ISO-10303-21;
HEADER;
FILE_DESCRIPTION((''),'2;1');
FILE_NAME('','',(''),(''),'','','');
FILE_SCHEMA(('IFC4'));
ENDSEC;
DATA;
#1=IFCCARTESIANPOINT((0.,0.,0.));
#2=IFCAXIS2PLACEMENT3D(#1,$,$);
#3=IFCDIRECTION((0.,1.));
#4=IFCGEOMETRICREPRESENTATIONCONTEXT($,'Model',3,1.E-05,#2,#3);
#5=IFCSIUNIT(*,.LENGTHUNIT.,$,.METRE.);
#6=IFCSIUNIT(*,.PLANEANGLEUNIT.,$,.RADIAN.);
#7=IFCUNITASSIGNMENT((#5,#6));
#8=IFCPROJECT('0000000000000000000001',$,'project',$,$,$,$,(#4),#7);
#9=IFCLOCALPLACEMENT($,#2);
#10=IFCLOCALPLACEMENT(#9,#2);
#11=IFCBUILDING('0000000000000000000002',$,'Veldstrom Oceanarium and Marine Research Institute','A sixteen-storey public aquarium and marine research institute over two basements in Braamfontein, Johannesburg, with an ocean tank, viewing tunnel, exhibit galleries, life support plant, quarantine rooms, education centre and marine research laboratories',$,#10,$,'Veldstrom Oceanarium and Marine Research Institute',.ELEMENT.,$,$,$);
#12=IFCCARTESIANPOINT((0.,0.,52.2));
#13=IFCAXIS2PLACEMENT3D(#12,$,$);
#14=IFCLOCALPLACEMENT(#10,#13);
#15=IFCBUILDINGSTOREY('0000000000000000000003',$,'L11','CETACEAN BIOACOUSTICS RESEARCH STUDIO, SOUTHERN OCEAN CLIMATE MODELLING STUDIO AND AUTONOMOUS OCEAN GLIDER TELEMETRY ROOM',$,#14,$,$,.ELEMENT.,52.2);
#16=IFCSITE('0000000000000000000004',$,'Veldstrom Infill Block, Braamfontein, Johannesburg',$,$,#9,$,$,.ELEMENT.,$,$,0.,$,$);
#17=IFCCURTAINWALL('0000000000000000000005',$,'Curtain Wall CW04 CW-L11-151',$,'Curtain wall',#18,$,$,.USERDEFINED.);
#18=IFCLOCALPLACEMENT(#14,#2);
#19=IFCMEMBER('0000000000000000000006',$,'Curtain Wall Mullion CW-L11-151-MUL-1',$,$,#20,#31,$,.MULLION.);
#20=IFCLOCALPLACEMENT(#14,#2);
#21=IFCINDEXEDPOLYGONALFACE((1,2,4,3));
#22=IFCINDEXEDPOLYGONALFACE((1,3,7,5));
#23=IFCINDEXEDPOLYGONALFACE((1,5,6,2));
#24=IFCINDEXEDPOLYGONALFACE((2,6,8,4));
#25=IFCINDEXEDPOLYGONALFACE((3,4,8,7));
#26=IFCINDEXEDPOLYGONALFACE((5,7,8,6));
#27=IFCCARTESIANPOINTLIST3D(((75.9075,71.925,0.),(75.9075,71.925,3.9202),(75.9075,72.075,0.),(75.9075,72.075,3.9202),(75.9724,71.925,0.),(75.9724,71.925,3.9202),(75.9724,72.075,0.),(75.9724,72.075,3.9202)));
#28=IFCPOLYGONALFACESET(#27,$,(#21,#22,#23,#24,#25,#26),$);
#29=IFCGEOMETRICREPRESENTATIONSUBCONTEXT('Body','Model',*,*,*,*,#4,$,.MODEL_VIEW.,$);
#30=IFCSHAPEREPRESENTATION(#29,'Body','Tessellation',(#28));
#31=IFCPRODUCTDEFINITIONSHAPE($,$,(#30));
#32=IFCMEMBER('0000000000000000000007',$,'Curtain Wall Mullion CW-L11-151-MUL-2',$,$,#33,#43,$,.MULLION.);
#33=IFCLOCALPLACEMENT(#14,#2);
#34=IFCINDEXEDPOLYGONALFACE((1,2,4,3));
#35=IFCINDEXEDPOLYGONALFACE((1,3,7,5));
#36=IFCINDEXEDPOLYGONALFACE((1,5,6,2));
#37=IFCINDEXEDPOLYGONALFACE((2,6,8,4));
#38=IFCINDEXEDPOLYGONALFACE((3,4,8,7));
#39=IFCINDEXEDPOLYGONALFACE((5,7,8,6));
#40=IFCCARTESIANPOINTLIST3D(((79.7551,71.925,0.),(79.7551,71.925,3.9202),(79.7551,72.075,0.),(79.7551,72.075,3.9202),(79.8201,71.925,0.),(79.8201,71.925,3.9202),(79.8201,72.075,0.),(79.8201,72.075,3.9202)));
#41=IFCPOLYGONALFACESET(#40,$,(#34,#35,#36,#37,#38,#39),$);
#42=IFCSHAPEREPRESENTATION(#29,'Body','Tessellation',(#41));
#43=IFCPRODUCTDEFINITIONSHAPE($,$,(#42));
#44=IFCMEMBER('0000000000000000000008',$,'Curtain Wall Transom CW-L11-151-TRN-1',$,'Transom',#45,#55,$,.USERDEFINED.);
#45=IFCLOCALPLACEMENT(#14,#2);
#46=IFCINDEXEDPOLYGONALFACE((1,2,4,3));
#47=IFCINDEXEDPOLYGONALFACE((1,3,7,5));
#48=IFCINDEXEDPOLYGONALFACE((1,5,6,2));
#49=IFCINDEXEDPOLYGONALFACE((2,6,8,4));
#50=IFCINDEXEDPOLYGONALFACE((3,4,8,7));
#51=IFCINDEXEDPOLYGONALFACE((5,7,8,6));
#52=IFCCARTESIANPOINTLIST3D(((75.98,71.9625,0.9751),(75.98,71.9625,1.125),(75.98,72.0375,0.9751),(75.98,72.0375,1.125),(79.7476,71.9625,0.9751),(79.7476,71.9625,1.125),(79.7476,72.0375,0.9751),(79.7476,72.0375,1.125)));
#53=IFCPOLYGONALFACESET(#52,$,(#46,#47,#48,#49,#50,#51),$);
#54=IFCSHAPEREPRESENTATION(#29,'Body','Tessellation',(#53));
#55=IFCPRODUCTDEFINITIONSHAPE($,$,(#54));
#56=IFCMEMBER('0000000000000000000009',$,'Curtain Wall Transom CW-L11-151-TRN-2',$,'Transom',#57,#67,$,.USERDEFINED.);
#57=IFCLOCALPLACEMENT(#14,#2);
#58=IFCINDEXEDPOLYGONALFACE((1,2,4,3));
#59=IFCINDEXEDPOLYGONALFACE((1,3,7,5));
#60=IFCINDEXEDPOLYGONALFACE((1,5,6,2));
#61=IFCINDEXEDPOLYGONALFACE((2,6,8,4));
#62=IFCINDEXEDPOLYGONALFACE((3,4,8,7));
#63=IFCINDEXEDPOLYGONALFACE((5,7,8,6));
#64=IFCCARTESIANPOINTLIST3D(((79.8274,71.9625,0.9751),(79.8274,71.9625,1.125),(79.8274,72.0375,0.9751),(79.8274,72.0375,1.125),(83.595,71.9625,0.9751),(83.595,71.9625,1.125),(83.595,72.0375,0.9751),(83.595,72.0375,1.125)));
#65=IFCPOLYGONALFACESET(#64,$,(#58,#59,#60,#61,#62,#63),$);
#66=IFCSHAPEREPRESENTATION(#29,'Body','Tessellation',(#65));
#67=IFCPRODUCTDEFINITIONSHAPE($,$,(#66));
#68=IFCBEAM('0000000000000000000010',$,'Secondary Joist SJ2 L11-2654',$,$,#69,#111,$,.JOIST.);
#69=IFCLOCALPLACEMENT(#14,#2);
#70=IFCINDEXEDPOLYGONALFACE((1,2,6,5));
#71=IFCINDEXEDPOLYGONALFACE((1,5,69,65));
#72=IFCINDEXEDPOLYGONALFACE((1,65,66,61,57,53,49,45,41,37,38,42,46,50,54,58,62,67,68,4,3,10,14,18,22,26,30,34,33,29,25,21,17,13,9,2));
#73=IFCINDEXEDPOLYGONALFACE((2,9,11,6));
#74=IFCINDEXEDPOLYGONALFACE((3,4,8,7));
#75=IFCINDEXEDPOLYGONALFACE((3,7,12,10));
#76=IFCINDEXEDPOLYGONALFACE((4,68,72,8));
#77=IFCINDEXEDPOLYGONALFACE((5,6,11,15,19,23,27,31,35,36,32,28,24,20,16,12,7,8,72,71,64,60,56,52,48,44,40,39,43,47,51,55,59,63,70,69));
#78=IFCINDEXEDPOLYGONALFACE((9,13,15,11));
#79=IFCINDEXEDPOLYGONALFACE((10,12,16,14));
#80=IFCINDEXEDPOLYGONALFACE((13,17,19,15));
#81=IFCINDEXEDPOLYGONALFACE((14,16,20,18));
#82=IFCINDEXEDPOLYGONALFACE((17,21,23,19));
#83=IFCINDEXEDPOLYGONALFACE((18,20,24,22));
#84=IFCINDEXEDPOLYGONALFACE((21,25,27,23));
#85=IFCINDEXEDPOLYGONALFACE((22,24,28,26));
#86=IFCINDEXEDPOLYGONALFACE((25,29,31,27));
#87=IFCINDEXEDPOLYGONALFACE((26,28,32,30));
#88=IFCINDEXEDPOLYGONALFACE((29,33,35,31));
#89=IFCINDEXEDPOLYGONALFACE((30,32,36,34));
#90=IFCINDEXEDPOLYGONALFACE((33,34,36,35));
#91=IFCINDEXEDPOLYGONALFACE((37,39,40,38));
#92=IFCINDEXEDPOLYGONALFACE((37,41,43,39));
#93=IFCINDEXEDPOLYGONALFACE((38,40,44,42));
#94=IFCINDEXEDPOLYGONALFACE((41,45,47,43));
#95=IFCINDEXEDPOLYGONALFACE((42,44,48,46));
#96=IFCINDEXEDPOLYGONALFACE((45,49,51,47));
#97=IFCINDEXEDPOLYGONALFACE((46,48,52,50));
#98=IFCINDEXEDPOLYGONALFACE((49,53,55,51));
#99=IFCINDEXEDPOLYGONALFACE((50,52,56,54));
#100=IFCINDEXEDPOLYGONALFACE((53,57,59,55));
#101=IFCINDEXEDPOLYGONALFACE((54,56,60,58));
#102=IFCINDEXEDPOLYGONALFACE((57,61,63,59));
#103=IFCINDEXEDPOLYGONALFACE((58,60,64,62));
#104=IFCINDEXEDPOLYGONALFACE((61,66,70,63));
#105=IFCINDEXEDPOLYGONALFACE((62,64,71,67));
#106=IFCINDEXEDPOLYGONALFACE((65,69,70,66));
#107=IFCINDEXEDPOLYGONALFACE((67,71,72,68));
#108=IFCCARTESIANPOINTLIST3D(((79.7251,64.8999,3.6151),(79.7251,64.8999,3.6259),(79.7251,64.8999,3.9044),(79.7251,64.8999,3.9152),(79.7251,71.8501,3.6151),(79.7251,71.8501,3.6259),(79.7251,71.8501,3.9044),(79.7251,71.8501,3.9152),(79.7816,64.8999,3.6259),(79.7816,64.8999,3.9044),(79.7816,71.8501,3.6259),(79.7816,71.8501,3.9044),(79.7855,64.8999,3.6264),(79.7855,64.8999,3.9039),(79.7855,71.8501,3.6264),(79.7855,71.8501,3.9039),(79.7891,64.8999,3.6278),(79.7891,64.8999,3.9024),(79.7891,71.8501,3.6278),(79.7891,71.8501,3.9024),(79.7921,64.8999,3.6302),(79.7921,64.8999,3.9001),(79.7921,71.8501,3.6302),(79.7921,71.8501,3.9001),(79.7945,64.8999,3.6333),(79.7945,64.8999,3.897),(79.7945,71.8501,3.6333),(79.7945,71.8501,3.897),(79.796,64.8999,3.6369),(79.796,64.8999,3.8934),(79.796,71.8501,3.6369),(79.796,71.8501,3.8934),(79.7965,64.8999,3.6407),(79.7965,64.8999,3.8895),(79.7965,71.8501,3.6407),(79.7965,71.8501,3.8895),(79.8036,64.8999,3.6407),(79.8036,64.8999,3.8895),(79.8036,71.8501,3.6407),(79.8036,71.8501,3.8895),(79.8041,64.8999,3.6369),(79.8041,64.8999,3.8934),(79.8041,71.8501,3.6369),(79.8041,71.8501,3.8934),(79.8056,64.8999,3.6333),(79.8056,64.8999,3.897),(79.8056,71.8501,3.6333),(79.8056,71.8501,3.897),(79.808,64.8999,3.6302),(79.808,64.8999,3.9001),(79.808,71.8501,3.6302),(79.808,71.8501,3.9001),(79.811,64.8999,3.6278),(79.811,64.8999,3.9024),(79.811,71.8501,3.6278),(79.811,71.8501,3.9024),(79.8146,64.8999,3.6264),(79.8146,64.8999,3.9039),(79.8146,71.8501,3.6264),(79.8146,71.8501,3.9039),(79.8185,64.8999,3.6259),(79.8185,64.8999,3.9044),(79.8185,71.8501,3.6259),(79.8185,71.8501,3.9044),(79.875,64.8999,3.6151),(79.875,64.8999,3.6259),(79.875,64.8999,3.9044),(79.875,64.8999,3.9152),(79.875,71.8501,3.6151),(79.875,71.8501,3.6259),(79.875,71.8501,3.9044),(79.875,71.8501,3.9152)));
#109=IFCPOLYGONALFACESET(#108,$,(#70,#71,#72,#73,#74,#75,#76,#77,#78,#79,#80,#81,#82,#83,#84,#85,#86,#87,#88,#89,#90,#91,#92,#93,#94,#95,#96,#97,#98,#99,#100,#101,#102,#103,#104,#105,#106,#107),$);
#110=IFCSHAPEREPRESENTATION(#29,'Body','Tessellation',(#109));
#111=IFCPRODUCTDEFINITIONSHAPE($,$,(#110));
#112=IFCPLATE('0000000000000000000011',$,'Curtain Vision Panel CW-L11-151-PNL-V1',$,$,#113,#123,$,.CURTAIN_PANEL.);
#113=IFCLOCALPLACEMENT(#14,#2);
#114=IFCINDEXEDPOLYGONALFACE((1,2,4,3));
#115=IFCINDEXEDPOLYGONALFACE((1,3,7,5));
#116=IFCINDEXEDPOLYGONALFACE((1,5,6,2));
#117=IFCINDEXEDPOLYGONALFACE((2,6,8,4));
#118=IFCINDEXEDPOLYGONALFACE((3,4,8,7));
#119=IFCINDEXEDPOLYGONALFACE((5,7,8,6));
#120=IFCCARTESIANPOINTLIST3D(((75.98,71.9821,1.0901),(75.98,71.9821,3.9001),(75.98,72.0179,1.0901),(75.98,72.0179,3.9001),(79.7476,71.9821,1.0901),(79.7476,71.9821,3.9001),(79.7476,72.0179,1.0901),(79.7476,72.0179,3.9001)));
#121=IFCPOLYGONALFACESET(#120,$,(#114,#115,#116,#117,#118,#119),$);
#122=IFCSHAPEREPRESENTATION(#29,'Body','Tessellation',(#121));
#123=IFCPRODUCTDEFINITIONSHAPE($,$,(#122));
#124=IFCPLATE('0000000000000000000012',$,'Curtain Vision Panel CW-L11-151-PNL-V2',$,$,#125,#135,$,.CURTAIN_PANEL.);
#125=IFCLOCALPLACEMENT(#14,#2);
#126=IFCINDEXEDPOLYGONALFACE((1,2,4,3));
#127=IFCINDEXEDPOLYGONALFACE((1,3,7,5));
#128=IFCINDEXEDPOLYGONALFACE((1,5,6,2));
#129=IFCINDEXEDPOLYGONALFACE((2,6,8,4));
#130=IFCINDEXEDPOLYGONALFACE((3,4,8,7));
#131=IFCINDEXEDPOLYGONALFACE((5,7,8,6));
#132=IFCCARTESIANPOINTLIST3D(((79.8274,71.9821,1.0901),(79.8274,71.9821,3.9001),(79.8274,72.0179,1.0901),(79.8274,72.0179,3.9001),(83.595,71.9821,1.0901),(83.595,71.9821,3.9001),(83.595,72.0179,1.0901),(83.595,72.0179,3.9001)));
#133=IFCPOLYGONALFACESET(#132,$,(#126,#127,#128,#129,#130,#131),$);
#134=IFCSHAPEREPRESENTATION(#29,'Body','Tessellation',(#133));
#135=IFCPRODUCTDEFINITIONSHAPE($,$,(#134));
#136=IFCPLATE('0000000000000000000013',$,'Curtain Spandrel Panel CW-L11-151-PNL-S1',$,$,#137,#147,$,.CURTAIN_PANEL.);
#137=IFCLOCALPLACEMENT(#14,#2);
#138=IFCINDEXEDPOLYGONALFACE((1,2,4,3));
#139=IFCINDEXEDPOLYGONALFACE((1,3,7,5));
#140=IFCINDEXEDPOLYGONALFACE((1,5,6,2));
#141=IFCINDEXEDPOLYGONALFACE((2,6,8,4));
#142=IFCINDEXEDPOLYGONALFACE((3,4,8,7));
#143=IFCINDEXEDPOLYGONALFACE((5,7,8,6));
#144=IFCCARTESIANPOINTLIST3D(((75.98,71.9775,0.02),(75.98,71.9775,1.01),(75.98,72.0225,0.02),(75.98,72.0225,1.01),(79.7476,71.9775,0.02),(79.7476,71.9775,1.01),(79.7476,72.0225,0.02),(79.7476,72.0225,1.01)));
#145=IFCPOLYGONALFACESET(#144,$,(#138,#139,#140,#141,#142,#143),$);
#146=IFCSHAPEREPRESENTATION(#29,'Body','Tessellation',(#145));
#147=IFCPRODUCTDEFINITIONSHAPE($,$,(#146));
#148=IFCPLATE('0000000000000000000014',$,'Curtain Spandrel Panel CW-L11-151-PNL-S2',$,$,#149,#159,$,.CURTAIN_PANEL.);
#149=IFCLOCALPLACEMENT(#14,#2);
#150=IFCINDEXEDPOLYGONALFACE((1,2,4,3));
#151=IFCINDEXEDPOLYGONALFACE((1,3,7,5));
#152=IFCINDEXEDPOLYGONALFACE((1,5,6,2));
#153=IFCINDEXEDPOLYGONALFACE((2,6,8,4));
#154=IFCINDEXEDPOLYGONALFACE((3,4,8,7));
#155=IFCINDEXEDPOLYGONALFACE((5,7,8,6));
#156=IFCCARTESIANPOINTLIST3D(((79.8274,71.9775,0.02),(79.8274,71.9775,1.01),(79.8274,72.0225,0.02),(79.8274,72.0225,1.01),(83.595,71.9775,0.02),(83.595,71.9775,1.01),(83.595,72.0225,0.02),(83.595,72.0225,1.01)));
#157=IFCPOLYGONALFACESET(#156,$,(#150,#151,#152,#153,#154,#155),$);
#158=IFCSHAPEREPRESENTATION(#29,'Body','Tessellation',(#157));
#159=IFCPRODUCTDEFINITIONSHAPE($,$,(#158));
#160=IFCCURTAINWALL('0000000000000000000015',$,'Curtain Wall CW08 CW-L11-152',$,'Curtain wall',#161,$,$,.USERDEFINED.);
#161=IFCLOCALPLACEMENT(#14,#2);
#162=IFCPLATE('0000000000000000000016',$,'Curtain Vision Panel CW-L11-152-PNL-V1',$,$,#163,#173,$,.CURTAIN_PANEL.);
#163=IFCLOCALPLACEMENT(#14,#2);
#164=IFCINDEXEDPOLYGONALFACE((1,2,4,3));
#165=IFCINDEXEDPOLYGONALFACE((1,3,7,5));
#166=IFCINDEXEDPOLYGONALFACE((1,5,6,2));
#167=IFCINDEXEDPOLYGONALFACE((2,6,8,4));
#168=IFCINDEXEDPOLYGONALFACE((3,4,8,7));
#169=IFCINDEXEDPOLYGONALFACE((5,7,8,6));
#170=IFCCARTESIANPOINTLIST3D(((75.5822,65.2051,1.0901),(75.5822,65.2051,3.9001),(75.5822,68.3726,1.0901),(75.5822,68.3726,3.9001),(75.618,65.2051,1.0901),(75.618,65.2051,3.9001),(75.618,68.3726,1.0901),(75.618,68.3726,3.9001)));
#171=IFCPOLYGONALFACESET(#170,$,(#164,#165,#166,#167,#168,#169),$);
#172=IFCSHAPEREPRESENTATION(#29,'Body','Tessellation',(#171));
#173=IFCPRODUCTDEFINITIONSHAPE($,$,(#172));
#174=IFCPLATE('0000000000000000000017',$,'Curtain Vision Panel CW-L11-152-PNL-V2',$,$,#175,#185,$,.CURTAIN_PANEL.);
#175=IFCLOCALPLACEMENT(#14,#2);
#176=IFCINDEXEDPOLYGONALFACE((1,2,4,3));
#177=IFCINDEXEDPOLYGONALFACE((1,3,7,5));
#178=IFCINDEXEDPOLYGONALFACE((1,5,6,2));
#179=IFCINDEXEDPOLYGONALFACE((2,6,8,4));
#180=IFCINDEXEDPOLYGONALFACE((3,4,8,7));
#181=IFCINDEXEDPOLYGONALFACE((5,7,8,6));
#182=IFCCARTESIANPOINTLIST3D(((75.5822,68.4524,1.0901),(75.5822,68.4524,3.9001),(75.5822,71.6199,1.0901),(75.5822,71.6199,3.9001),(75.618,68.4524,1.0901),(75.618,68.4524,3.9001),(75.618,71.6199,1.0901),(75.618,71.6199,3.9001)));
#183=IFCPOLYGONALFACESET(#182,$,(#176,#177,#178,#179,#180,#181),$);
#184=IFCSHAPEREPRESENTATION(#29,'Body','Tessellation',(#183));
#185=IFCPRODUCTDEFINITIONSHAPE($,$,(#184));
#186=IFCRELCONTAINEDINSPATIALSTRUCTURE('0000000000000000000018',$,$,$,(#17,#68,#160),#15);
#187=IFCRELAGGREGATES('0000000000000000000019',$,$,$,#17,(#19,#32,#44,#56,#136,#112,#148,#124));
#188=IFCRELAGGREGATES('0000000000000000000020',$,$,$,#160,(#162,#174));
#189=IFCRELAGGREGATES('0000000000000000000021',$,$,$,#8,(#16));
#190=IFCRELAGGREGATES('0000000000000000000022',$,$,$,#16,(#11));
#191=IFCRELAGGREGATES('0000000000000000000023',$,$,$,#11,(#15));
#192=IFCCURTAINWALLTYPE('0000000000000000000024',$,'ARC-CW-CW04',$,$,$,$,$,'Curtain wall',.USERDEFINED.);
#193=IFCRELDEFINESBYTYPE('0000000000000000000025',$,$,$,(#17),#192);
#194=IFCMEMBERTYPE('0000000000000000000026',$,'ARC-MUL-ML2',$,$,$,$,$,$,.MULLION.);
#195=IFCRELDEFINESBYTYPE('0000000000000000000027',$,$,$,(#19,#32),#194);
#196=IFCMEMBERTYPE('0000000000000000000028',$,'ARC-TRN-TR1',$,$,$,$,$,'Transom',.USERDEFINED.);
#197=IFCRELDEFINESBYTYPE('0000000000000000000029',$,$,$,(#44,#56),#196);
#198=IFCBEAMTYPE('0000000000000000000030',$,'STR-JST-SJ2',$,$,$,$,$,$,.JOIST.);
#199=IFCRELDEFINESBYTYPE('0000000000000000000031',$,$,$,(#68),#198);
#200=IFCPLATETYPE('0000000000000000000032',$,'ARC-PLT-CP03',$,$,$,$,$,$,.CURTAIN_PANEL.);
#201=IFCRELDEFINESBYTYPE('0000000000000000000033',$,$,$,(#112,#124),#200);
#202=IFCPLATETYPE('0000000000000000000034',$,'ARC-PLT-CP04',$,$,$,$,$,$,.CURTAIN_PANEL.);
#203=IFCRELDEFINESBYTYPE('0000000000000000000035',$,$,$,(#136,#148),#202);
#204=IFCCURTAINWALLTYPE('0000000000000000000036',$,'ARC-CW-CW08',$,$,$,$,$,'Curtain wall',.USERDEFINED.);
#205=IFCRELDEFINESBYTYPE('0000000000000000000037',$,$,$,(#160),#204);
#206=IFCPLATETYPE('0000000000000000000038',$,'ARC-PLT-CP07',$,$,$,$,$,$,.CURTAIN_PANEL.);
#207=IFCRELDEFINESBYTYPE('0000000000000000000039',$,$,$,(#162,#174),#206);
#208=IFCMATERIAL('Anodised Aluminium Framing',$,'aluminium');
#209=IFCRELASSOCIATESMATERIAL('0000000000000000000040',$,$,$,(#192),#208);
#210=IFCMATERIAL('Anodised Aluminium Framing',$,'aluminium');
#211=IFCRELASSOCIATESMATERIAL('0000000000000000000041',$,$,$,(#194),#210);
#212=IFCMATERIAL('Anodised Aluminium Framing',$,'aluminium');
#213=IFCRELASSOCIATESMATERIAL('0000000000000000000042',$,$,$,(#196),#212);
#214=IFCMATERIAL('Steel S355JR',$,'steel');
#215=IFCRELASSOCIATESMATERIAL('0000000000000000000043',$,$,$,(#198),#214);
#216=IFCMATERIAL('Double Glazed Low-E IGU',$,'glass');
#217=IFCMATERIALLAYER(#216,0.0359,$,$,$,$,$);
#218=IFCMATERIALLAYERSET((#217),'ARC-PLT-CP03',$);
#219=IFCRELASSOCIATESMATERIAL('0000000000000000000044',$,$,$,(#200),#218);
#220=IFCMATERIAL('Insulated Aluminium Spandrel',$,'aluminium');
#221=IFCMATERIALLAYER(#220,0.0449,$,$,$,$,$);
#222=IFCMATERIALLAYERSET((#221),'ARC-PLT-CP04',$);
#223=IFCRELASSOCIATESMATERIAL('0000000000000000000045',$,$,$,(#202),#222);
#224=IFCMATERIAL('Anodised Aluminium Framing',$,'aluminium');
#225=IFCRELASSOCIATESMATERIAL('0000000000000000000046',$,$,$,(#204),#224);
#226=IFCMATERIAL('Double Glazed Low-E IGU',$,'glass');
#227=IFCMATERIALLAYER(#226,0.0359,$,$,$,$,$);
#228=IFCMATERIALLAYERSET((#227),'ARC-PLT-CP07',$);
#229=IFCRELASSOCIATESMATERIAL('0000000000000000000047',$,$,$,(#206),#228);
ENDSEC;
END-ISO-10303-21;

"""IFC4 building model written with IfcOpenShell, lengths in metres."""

from ifc_helpers import new_model, si_unit, direction, frame, origin, origin_2d, place, context, subcontext, project, spatial, rectangle, i_section, extrude, material, layer, layer_set, material_profile, profile_set, type_object, element, aggregate, save


model = new_model("IFC4")

# Units and contexts
model_context = context("Model", 3, precision=1e-05, world=origin(), true_north=direction((0.0, 1.0)))
body_context = subcontext(model_context, "Body", "Model", "MODEL_VIEW")
ifc_project = project(units=[si_unit("LENGTHUNIT", "METRE"), si_unit("PLANEANGLEUNIT", "RADIAN")], contexts=[model_context])

# Site, building, storey
site_placement = place(None, origin())
site = spatial("IfcSite", under=ifc_project, at=site_placement, Name="Veldstrom Infill Block, Braamfontein, Johannesburg", CompositionType="ELEMENT", RefElevation=0.0)
building_placement = place(site_placement, origin())
building = spatial("IfcBuilding", under=site, at=building_placement, Name="Veldstrom Oceanarium and Marine Research Institute", Description="A sixteen-storey public aquarium and marine research institute over two basements in Braamfontein, Johannesburg, with an ocean tank, viewing tunnel, exhibit galleries, life support plant, quarantine rooms, education centre and marine research laboratories", LongName="Veldstrom Oceanarium and Marine Research Institute", CompositionType="ELEMENT")
storey_placement = place(building_placement, frame((0.0, 0.0, 52.2)))
storey = spatial("IfcBuildingStorey", under=building, at=storey_placement, Name="L11", Description="CETACEAN BIOACOUSTICS RESEARCH STUDIO, SOUTHERN OCEAN CLIMATE MODELLING STUDIO AND AUTONOMOUS OCEAN GLIDER TELEMETRY ROOM", CompositionType="ELEMENT", Elevation=52.2)

# Curtain wall, members
ifc_material_1 = material(Name="Anodised Aluminium Framing", Category="aluminium")
curtain_wall_type_1 = type_object("IfcCurtainWallType", Name="ARC-CW-CW04", ElementType="Curtain wall", PredefinedType="USERDEFINED", material=ifc_material_1)
curtain_wall_1_placement = place(storey_placement, origin())
curtain_wall_1 = element("IfcCurtainWall", 1, at=curtain_wall_1_placement, inside=storey, type_object=curtain_wall_type_1, Name="Curtain Wall CW04 CW-L11-151", ObjectType="Curtain wall", PredefinedType="USERDEFINED")
ifc_material_2 = material(Name="Anodised Aluminium Framing", Category="aluminium")
ifc_material_profile_1 = material_profile(ifc_material_2, rectangle(XDim=0.0649, YDim=0.1499, at=origin_2d()), Name="ALU-MUL-65x150")
ifc_profile_set_1 = profile_set([ifc_material_profile_1], Name="Anodised Aluminium Framing")
member_type_1 = type_object("IfcMemberType", Name="ARC-MUL-ML2", PredefinedType="MULLION", material=ifc_profile_set_1)
member_1_placement = place(storey_placement, frame((75.9399, 72.0, 0.0), z_axis=(0.0, 0.0, 1.0), x_axis=(1.0, 0.0, 0.0)))
member_1 = element("IfcMember", 2, at=member_1_placement, type_object=member_type_1, Name="Curtain Wall Mullion CW-L11-151-MUL-1", PredefinedType="MULLION", context=body_context, shape_type="SweptSolid", body=[
    extrude(rectangle(XDim=0.0649, YDim=0.1499, at=origin_2d()), origin(), (0.0, 0.0, 1.0), 3.9202),
])
member_2_placement = place(storey_placement, frame((79.7876, 72.0, 0.0), z_axis=(0.0, 0.0, 1.0), x_axis=(1.0, 0.0, 0.0)))
member_2 = element("IfcMember", 3, at=member_2_placement, type_object=member_type_1, Name="Curtain Wall Mullion CW-L11-151-MUL-2", PredefinedType="MULLION", context=body_context, shape_type="SweptSolid", body=[
    extrude(rectangle(XDim=0.0649, YDim=0.1499, at=origin_2d()), origin(), (0.0, 0.0, 1.0), 3.9202),
])
ifc_material_3 = material(Name="Anodised Aluminium Framing", Category="aluminium")
ifc_material_profile_2 = material_profile(ifc_material_3, rectangle(XDim=0.075, YDim=0.1499, at=origin_2d()), Name="ALU-TRN-75x150")
ifc_profile_set_2 = profile_set([ifc_material_profile_2], Name="Anodised Aluminium Framing")
member_type_2 = type_object("IfcMemberType", Name="ARC-TRN-TR1", ElementType="Transom", PredefinedType="USERDEFINED", material=ifc_profile_set_2)
member_3_placement = place(storey_placement, frame((75.98, 72.0, 1.05), z_axis=(1.0, 0.0, 0.0), x_axis=(0.0, 1.0, 0.0)))
member_3 = element("IfcMember", 4, at=member_3_placement, type_object=member_type_2, Name="Curtain Wall Transom CW-L11-151-TRN-1", ObjectType="Transom", PredefinedType="USERDEFINED", context=body_context, shape_type="SweptSolid", body=[
    extrude(rectangle(XDim=0.075, YDim=0.1499, at=origin_2d()), origin(), (0.0, 0.0, 1.0), 3.7676),
])
member_4_placement = place(storey_placement, frame((79.8274, 72.0, 1.05), z_axis=(1.0, 0.0, 0.0), x_axis=(0.0, 1.0, 0.0)))
member_4 = element("IfcMember", 5, at=member_4_placement, type_object=member_type_2, Name="Curtain Wall Transom CW-L11-151-TRN-2", ObjectType="Transom", PredefinedType="USERDEFINED", context=body_context, shape_type="SweptSolid", body=[
    extrude(rectangle(XDim=0.075, YDim=0.1499, at=origin_2d()), origin(), (0.0, 0.0, 1.0), 3.7676),
])

# Beam
ifc_material_4 = material(Name="Steel S355JR", Category="steel")
ifc_material_profile_3 = material_profile(ifc_material_4, i_section(OverallWidth=0.1499, OverallDepth=0.3, WebThickness=0.0071, FlangeThickness=0.0107, FilletRadius=0.0149, at=origin_2d()), Name="IPE 300")
ifc_profile_set_3 = profile_set([ifc_material_profile_3], Name="Steel S355JR")
beam_type = type_object("IfcBeamType", Name="STR-JST-SJ2", PredefinedType="JOIST", material=ifc_profile_set_3)
beam_placement = place(storey_placement, frame((79.8, 64.8999, 3.7651), z_axis=(0.0, 1.0, 0.0), x_axis=(-1.0, 0.0, 0.0)))
element("IfcBeam", 6, at=beam_placement, inside=storey, type_object=beam_type, Name="Secondary Joist SJ2 L11-2654", PredefinedType="JOIST", context=body_context, shape_type="SweptSolid", body=[
    extrude(i_section(OverallWidth=0.1499, OverallDepth=0.3, WebThickness=0.0071, FlangeThickness=0.0107, FilletRadius=0.0149, at=origin_2d()), origin(), (0.0, 0.0, 1.0), 6.9502),
])

# Plates
ifc_material_5 = material(Name="Double Glazed Low-E IGU", Category="glass")
ifc_layer_1 = layer(ifc_material_5, 0.0359)
ifc_layer_set_1 = layer_set([ifc_layer_1], Name="ARC-PLT-CP03")
plate_type_1 = type_object("IfcPlateType", Name="ARC-PLT-CP03", PredefinedType="CURTAIN_PANEL", material=ifc_layer_set_1)
plate_1_placement = place(storey_placement, frame((77.8638, 72.0, 1.0901), z_axis=(0.0, 0.0, 1.0), x_axis=(1.0, 0.0, 0.0)))
plate_1 = element("IfcPlate", 7, at=plate_1_placement, type_object=plate_type_1, Name="Curtain Vision Panel CW-L11-151-PNL-V1", PredefinedType="CURTAIN_PANEL", context=body_context, shape_type="SweptSolid", body=[
    extrude(rectangle(XDim=3.7676, YDim=0.0359, at=origin_2d()), origin(), (0.0, 0.0, 1.0), 2.8101),
])
plate_2_placement = place(storey_placement, frame((81.7112, 72.0, 1.0901), z_axis=(0.0, 0.0, 1.0), x_axis=(1.0, 0.0, 0.0)))
plate_2 = element("IfcPlate", 8, at=plate_2_placement, type_object=plate_type_1, Name="Curtain Vision Panel CW-L11-151-PNL-V2", PredefinedType="CURTAIN_PANEL", context=body_context, shape_type="SweptSolid", body=[
    extrude(rectangle(XDim=3.7676, YDim=0.0359, at=origin_2d()), origin(), (0.0, 0.0, 1.0), 2.8101),
])
ifc_material_6 = material(Name="Insulated Aluminium Spandrel", Category="aluminium")
ifc_layer_2 = layer(ifc_material_6, 0.0449)
ifc_layer_set_2 = layer_set([ifc_layer_2], Name="ARC-PLT-CP04")
plate_type_2 = type_object("IfcPlateType", Name="ARC-PLT-CP04", PredefinedType="CURTAIN_PANEL", material=ifc_layer_set_2)
plate_3_placement = place(storey_placement, frame((77.8638, 72.0, 0.02), z_axis=(0.0, 0.0, 1.0), x_axis=(1.0, 0.0, 0.0)))
plate_3 = element("IfcPlate", 9, at=plate_3_placement, type_object=plate_type_2, Name="Curtain Spandrel Panel CW-L11-151-PNL-S1", PredefinedType="CURTAIN_PANEL", context=body_context, shape_type="SweptSolid", body=[
    extrude(rectangle(XDim=3.7676, YDim=0.0449, at=origin_2d()), origin(), (0.0, 0.0, 1.0), 0.99),
])
plate_4_placement = place(storey_placement, frame((81.7112, 72.0, 0.02), z_axis=(0.0, 0.0, 1.0), x_axis=(1.0, 0.0, 0.0)))
plate_4 = element("IfcPlate", 10, at=plate_4_placement, type_object=plate_type_2, Name="Curtain Spandrel Panel CW-L11-151-PNL-S2", PredefinedType="CURTAIN_PANEL", context=body_context, shape_type="SweptSolid", body=[
    extrude(rectangle(XDim=3.7676, YDim=0.0449, at=origin_2d()), origin(), (0.0, 0.0, 1.0), 0.99),
])
aggregate(curtain_wall_1, [member_1, member_2, member_3, member_4, plate_3, plate_1, plate_4, plate_2])

# Curtain wall, plates
ifc_material_7 = material(Name="Anodised Aluminium Framing", Category="aluminium")
curtain_wall_type_2 = type_object("IfcCurtainWallType", Name="ARC-CW-CW08", ElementType="Curtain wall", PredefinedType="USERDEFINED", material=ifc_material_7)
curtain_wall_2_placement = place(storey_placement, origin())
curtain_wall_2 = element("IfcCurtainWall", 11, at=curtain_wall_2_placement, inside=storey, type_object=curtain_wall_type_2, Name="Curtain Wall CW08 CW-L11-152", ObjectType="Curtain wall", PredefinedType="USERDEFINED")
ifc_material_8 = material(Name="Double Glazed Low-E IGU", Category="glass")
ifc_layer_3 = layer(ifc_material_8, 0.0359)
ifc_layer_set_3 = layer_set([ifc_layer_3], Name="ARC-PLT-CP07")
plate_type_3 = type_object("IfcPlateType", Name="ARC-PLT-CP07", PredefinedType="CURTAIN_PANEL", material=ifc_layer_set_3)
plate_5_placement = place(storey_placement, frame((75.6001, 66.7888, 1.0901), z_axis=(0.0, 0.0, 1.0), x_axis=(0.0, 1.0, 0.0)))
plate_5 = element("IfcPlate", 12, at=plate_5_placement, type_object=plate_type_3, Name="Curtain Vision Panel CW-L11-152-PNL-V1", PredefinedType="CURTAIN_PANEL", context=body_context, shape_type="SweptSolid", body=[
    extrude(rectangle(XDim=3.1675, YDim=0.0359, at=origin_2d()), origin(), (0.0, 0.0, 1.0), 2.8101),
])
plate_6_placement = place(storey_placement, frame((75.6001, 70.0361, 1.0901), z_axis=(0.0, 0.0, 1.0), x_axis=(0.0, 1.0, 0.0)))
plate_6 = element("IfcPlate", 13, at=plate_6_placement, type_object=plate_type_3, Name="Curtain Vision Panel CW-L11-152-PNL-V2", PredefinedType="CURTAIN_PANEL", context=body_context, shape_type="SweptSolid", body=[
    extrude(rectangle(XDim=3.1675, YDim=0.0359, at=origin_2d()), origin(), (0.0, 0.0, 1.0), 2.8101),
])
aggregate(curtain_wall_2, [plate_5, plate_6])

save(model, "model.ifc")
